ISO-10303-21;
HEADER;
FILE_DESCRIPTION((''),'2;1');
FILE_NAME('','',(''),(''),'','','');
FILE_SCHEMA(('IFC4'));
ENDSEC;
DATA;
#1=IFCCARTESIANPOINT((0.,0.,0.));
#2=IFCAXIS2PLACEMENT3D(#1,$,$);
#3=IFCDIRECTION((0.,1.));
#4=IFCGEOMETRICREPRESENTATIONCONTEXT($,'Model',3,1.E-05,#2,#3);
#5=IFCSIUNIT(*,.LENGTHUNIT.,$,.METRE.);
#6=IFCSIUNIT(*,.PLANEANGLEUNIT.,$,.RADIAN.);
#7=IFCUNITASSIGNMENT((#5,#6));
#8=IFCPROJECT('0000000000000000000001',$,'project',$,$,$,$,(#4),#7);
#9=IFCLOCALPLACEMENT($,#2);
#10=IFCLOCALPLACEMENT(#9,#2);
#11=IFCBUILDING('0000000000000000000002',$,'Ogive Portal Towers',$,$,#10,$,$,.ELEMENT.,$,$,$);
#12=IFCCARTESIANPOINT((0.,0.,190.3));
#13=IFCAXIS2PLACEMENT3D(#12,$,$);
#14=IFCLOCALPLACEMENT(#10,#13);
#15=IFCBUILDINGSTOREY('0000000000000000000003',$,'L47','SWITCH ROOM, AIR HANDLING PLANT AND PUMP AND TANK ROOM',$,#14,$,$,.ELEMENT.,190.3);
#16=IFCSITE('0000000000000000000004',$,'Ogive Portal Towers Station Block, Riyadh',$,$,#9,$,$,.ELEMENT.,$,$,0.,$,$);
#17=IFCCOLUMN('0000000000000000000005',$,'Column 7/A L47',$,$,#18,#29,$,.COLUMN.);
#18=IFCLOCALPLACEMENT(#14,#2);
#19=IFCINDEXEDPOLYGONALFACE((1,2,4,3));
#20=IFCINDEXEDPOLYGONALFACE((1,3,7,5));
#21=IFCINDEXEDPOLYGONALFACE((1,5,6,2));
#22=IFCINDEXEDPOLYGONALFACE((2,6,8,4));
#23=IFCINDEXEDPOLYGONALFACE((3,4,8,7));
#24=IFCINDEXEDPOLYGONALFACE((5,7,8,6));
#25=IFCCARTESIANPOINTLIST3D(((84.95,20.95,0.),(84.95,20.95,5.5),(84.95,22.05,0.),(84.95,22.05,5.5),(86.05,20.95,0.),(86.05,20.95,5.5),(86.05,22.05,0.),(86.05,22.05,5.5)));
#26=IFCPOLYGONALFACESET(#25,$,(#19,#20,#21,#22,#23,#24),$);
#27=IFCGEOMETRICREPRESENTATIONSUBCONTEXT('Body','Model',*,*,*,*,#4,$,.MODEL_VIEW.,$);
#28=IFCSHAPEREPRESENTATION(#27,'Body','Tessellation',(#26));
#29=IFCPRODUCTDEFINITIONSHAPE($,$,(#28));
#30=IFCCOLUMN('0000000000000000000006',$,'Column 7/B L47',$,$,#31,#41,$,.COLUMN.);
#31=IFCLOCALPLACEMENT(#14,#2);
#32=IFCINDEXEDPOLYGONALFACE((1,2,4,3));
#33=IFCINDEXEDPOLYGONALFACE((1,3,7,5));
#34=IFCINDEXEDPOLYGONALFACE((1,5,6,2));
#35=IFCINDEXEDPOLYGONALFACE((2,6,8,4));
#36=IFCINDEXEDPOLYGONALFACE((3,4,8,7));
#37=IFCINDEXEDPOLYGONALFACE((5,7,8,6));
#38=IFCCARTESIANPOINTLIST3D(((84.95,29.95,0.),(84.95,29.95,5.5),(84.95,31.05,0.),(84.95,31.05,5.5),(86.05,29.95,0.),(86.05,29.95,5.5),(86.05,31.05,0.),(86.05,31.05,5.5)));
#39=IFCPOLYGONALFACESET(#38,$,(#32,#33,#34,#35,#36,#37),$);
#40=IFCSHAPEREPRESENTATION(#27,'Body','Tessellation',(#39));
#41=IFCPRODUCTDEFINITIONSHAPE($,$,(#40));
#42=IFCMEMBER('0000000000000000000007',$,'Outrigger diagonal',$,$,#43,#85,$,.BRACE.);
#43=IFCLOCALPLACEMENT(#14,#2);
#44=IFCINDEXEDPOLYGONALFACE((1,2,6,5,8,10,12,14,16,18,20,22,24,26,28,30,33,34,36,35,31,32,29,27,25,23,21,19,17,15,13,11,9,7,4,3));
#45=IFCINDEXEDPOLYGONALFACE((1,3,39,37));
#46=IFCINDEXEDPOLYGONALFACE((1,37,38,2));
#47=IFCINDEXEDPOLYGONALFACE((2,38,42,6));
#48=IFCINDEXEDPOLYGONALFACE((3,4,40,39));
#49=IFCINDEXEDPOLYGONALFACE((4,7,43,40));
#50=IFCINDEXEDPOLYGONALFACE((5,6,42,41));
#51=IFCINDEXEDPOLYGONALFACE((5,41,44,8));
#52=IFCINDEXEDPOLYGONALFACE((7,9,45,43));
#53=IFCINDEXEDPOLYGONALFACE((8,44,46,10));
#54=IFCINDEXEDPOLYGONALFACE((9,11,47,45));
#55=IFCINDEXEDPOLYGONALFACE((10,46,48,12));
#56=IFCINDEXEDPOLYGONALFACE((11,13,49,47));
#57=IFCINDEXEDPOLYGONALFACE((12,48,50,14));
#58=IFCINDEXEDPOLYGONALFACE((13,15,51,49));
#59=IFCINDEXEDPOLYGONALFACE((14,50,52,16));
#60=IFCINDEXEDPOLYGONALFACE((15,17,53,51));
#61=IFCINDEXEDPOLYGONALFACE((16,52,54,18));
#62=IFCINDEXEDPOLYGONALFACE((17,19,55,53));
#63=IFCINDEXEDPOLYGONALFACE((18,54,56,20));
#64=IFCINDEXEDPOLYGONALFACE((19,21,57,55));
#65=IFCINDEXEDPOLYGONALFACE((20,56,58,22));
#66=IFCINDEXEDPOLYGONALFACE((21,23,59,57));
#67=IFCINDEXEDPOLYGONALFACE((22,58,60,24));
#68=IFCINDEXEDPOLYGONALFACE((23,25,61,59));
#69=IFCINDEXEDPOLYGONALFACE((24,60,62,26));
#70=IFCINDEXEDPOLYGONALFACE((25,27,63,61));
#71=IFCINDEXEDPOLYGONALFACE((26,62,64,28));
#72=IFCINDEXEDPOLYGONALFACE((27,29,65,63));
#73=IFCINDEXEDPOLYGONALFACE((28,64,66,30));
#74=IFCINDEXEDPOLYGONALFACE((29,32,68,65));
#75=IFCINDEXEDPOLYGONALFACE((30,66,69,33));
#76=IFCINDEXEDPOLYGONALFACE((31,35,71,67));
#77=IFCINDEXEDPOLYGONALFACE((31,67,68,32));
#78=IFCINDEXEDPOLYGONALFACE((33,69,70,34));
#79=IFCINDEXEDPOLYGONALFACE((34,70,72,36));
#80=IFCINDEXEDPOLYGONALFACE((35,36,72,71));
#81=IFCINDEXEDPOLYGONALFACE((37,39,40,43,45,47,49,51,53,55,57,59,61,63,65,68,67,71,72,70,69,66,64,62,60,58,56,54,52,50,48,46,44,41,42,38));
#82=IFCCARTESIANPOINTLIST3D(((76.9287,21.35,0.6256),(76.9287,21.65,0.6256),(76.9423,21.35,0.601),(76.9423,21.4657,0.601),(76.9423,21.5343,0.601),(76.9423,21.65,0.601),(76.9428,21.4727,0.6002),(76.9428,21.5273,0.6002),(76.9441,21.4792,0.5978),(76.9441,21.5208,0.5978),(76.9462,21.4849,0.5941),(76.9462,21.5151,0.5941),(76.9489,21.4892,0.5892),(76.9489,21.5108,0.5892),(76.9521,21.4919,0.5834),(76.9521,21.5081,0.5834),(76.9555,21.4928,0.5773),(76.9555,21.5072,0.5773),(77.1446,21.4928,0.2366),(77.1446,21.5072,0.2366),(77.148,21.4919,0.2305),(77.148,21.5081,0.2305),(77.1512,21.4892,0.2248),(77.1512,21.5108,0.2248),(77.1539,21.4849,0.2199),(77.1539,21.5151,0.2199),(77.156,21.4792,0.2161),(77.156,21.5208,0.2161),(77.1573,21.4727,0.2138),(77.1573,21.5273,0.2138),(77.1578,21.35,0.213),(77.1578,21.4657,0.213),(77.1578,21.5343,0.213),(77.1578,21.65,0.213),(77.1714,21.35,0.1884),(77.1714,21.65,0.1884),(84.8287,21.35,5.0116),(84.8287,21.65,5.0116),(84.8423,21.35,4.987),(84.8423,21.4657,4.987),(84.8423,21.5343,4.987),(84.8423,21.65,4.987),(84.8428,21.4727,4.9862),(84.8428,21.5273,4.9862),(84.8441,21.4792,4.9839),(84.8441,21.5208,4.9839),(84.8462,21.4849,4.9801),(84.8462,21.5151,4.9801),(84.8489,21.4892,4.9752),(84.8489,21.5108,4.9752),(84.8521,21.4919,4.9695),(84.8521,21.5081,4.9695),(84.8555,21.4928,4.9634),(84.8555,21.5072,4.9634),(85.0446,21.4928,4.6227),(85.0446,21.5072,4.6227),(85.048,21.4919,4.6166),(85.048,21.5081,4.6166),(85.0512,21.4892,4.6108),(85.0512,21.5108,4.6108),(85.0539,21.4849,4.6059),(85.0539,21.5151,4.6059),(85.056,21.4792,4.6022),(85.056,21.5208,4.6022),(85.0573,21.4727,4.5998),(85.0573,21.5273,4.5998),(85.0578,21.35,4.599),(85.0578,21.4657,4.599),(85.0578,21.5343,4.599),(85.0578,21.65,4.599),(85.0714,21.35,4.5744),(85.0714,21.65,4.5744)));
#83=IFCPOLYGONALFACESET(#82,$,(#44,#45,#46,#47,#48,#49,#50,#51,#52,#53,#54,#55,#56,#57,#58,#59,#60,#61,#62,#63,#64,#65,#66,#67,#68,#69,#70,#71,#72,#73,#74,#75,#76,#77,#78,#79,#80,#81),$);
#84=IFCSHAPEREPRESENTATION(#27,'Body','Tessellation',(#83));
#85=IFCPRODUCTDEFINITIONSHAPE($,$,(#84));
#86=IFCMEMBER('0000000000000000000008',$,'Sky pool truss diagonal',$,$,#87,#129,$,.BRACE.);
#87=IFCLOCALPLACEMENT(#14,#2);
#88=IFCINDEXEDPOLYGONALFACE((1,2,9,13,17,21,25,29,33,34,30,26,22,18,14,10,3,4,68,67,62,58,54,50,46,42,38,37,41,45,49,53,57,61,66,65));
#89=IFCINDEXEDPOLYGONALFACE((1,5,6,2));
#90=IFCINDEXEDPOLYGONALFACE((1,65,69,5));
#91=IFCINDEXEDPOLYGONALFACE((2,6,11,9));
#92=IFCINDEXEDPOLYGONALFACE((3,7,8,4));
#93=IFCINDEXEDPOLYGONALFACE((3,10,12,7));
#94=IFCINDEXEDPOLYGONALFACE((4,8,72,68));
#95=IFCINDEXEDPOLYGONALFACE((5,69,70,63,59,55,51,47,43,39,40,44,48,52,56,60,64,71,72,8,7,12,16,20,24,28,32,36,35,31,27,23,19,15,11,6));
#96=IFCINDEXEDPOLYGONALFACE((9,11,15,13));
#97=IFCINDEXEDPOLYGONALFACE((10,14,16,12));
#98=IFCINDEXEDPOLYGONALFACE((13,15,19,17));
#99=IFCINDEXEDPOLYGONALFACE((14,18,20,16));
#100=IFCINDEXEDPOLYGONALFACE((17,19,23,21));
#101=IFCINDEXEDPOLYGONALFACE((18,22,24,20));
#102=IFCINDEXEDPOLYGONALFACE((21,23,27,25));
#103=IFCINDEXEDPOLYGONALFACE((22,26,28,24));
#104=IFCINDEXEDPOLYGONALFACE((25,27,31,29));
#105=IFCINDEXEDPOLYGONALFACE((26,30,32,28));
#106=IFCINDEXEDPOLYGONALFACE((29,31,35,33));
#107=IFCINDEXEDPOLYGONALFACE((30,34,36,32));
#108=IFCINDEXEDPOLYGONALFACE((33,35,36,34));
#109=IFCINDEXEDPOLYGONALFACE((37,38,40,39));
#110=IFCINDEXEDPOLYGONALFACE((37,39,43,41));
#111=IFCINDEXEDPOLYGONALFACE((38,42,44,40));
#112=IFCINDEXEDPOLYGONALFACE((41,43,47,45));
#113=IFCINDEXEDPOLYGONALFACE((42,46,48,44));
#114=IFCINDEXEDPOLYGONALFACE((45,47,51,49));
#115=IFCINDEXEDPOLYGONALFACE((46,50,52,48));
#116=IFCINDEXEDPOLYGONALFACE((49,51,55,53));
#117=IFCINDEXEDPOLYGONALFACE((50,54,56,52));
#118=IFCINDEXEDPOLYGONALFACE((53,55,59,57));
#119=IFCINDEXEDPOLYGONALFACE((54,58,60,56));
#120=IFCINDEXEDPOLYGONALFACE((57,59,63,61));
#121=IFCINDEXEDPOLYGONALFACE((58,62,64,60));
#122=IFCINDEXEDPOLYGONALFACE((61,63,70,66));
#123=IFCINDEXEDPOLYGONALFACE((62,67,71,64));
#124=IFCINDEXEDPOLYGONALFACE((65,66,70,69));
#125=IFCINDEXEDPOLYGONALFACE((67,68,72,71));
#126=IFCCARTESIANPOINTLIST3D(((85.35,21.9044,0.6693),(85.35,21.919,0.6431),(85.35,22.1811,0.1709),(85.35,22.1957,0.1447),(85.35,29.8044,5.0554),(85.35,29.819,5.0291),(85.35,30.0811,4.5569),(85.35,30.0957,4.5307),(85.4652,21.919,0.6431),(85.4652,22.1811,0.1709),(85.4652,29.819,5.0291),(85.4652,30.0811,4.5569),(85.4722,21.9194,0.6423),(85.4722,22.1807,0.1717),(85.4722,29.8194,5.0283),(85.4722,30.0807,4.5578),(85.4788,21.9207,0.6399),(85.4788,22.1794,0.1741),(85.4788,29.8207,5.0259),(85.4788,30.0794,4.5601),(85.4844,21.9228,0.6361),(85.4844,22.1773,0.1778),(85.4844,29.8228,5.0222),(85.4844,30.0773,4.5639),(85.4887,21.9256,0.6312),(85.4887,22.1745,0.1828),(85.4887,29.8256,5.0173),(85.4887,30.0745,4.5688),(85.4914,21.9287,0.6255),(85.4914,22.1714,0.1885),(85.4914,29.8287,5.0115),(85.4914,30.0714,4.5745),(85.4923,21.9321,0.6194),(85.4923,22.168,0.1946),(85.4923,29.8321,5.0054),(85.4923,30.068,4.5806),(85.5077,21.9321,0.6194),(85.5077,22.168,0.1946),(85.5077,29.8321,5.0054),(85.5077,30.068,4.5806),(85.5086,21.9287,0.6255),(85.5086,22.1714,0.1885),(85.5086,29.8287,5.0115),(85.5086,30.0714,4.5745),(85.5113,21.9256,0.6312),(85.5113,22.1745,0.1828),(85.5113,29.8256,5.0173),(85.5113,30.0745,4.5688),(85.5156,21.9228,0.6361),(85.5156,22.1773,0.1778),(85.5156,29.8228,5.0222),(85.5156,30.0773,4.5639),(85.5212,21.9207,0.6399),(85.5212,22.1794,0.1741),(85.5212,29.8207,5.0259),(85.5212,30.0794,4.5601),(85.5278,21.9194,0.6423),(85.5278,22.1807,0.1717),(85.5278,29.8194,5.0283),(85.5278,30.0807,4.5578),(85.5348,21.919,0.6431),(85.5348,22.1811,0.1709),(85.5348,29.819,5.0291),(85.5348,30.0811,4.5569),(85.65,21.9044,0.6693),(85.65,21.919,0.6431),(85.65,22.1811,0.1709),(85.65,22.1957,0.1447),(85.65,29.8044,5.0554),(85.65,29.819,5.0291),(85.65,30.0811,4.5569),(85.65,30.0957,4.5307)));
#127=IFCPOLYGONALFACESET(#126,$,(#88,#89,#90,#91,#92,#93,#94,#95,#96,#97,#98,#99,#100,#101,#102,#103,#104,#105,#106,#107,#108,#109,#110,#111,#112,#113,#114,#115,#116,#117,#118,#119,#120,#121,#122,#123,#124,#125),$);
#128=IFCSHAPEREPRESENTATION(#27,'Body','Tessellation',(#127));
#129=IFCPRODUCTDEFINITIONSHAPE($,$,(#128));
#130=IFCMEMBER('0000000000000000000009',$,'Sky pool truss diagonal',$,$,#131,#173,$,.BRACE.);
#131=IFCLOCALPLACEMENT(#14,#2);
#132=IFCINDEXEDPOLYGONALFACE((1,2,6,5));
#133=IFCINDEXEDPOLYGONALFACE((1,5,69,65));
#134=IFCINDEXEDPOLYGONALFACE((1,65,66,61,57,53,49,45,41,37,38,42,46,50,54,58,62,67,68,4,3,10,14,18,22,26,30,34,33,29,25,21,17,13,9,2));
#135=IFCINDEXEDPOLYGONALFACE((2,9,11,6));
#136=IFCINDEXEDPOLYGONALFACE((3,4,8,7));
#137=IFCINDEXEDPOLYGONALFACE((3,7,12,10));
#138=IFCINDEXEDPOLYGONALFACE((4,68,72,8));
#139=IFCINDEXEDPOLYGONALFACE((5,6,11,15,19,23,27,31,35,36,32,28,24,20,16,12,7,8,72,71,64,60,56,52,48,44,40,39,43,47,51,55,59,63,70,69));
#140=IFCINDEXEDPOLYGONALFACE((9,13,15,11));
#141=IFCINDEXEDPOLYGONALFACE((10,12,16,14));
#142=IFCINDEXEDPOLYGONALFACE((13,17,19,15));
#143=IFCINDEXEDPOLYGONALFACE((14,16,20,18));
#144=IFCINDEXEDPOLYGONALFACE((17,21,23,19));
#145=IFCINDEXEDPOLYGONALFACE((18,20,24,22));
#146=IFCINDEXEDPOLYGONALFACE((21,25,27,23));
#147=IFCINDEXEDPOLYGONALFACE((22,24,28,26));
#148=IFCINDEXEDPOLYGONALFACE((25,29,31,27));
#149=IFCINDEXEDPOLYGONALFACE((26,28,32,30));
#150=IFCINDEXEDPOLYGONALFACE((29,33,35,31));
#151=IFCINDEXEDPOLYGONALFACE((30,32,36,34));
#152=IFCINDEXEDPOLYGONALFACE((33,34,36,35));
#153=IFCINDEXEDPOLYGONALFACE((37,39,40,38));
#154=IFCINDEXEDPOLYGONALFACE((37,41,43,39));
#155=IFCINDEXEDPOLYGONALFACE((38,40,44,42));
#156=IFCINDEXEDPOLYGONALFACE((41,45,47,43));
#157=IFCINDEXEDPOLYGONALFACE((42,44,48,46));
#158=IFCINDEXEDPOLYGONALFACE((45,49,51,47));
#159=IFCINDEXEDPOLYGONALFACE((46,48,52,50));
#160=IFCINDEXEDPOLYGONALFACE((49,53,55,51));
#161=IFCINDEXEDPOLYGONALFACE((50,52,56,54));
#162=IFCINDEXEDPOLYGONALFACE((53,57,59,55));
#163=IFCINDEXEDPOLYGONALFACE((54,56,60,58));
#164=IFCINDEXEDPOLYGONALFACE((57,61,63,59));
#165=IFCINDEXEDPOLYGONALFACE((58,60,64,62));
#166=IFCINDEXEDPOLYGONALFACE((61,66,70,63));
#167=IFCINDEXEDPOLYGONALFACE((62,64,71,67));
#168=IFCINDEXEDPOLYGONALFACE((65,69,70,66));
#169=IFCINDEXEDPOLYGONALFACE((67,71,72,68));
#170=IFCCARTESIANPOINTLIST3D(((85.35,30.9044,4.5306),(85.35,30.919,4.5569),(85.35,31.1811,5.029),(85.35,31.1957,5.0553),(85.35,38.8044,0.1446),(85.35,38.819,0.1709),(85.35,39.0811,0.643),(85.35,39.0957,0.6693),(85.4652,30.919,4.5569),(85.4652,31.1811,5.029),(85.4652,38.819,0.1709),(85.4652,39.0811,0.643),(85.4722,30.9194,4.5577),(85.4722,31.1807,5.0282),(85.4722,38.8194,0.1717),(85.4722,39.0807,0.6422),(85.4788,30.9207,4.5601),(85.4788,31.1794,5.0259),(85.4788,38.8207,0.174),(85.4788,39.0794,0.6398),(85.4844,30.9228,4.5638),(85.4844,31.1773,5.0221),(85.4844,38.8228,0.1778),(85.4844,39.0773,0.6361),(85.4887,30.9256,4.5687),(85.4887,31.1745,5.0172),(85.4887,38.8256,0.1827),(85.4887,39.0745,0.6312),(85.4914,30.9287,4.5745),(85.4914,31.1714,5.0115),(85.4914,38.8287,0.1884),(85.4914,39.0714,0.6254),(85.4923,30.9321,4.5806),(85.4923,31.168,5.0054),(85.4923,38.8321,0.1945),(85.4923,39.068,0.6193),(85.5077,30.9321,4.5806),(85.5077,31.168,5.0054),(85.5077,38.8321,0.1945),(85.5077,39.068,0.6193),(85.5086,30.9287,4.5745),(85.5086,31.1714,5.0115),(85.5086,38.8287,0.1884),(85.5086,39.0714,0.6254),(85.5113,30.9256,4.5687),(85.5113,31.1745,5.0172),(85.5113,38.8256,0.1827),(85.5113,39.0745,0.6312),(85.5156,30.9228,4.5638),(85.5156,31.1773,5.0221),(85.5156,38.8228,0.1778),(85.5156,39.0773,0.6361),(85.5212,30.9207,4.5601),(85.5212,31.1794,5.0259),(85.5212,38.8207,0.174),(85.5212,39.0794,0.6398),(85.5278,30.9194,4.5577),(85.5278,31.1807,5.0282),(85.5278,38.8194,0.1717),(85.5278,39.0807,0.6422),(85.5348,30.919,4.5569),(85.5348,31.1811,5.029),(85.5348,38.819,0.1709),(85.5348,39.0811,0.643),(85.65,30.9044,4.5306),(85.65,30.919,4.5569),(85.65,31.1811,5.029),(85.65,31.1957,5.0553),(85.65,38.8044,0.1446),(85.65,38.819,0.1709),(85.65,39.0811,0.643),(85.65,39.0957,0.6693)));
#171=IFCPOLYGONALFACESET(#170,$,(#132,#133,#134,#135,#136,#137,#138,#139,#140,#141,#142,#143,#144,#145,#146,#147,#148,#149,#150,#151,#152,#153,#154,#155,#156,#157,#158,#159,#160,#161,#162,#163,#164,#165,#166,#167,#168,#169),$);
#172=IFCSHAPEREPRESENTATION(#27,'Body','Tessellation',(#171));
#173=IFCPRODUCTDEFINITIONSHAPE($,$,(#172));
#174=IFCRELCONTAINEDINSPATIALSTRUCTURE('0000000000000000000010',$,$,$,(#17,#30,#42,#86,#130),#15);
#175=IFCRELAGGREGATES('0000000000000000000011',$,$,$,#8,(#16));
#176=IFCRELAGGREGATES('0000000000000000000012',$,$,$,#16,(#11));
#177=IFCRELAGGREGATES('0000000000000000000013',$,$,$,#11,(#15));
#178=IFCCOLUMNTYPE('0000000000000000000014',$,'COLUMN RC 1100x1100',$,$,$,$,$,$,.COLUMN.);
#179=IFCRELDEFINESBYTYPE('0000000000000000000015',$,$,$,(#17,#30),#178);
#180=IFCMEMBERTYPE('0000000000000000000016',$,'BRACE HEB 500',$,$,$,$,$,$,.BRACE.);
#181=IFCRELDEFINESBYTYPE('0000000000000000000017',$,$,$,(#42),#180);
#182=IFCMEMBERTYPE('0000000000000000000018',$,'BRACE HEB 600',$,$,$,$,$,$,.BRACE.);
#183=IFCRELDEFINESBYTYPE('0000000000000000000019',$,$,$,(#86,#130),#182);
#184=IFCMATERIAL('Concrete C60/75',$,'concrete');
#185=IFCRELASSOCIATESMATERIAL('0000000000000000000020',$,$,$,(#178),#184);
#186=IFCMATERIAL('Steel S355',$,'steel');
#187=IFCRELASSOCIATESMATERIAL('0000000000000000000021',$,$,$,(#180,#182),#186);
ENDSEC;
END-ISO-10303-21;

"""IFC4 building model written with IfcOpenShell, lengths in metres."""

from ifc_helpers import new_model, si_unit, direction, frame, origin, origin_2d, place, context, subcontext, project, spatial, rectangle, i_section, extrude, material, material_profile, profile_set, type_object, element, save


model = new_model("IFC4")

# Units and contexts
model_context = context("Model", 3, precision=1e-05, world=origin(), true_north=direction((0.0, 1.0)))
body_context = subcontext(model_context, "Body", "Model", "MODEL_VIEW")
ifc_project = project(units=[si_unit("LENGTHUNIT", "METRE"), si_unit("PLANEANGLEUNIT", "RADIAN")], contexts=[model_context])

# Site, building, storey
site_placement = place(None, origin())
site = spatial("IfcSite", under=ifc_project, at=site_placement, Name="Ogive Portal Towers Station Block, Riyadh", CompositionType="ELEMENT", RefElevation=0.0)
building_placement = place(site_placement, origin())
building = spatial("IfcBuilding", under=site, at=building_placement, Name="Ogive Portal Towers", CompositionType="ELEMENT")
storey_placement = place(building_placement, frame((0.0, 0.0, 190.3)))
storey = spatial("IfcBuildingStorey", under=building, at=storey_placement, Name="L47", Description="SWITCH ROOM, AIR HANDLING PLANT AND PUMP AND TANK ROOM", CompositionType="ELEMENT", Elevation=190.3)

# Columns
ifc_material_1 = material(Name="Concrete C60/75", Category="concrete")
ifc_material_profile_1 = material_profile(ifc_material_1, rectangle(XDim=1.1001, YDim=1.1001, at=origin_2d()), Name="RC 1100x1100")
ifc_profile_set_1 = profile_set([ifc_material_profile_1], Name="Concrete C60/75")
column_type = type_object("IfcColumnType", Name="COLUMN RC 1100x1100", PredefinedType="COLUMN", material=ifc_profile_set_1)
for number, where, z_axis, x_axis, name in (
    (1, (85.5, 21.5, 0.0), (0.0, 0.0, 1.0), (1.0, 0.0, 0.0), "Column 7/A L47"),
    (2, (85.5, 30.5, 0.0), (0.0, 0.0, 1.0), (1.0, 0.0, 0.0), "Column 7/B L47"),
):
    element("IfcColumn", number, at=place(storey_placement, frame(where, z_axis=z_axis, x_axis=x_axis)), inside=storey, type_object=column_type, Name=name, PredefinedType="COLUMN", context=body_context, shape_type="SweptSolid", body=[
        extrude(rectangle(XDim=1.1001, YDim=1.1001, at=origin_2d()), origin(), (0.0, 0.0, 1.0), 5.5),
    ])

# Members
ifc_material_2 = material(Name="Steel S355", Category="steel")
ifc_material_profile_2 = material_profile(ifc_material_2, i_section(OverallWidth=0.3, OverallDepth=0.5, WebThickness=0.0144, FlangeThickness=0.0281, FilletRadius=0.0271, at=origin_2d()), Name="HEB 500")
ifc_profile_set_2 = profile_set([ifc_material_profile_2], Name="Steel S355")
member_type_1 = type_object("IfcMemberType", Name="BRACE HEB 500", PredefinedType="BRACE", material=ifc_profile_set_2)
member_placement = place(storey_placement, frame((77.05, 21.5, 0.407), z_axis=(0.874291, 0.0, 0.485402), x_axis=(0.0, 1.0, 0.0)))
element("IfcMember", 3, at=member_placement, inside=storey, type_object=member_type_1, Name="Outrigger diagonal", PredefinedType="BRACE", context=body_context, shape_type="SweptSolid", body=[
    extrude(i_section(OverallWidth=0.3, OverallDepth=0.5, WebThickness=0.0144, FlangeThickness=0.0281, FilletRadius=0.0271, at=origin_2d()), origin(), (0.0, 0.0, 1.0), 9.0359),
])
ifc_material_profile_3 = material_profile(ifc_material_2, i_section(OverallWidth=0.3, OverallDepth=0.6001, WebThickness=0.0154, FlangeThickness=0.03, FilletRadius=0.0271, at=origin_2d()), Name="HEB 600")
ifc_profile_set_3 = profile_set([ifc_material_profile_3], Name="Steel S355")
member_type_2 = type_object("IfcMemberType", Name="BRACE HEB 600", PredefinedType="BRACE", material=ifc_profile_set_3)
for number, where, z_axis, x_axis, name in (
    (4, (85.5, 22.05, 0.407), (0.0, 0.874291, 0.485402), (-1.0, 0.0, 0.0), "Sky pool truss diagonal"),
    (5, (85.5, 31.05, 4.793), (0.0, 0.874291, -0.485402), (-1.0, 0.0, 0.0), "Sky pool truss diagonal"),
):
    element("IfcMember", number, at=place(storey_placement, frame(where, z_axis=z_axis, x_axis=x_axis)), inside=storey, type_object=member_type_2, Name=name, PredefinedType="BRACE", context=body_context, shape_type="SweptSolid", body=[
        extrude(i_section(OverallWidth=0.3, OverallDepth=0.6001, WebThickness=0.0154, FlangeThickness=0.03, FilletRadius=0.0271, at=origin_2d()), origin(), (0.0, 0.0, 1.0), 9.0359),
    ])

save(model, "model.ifc")
